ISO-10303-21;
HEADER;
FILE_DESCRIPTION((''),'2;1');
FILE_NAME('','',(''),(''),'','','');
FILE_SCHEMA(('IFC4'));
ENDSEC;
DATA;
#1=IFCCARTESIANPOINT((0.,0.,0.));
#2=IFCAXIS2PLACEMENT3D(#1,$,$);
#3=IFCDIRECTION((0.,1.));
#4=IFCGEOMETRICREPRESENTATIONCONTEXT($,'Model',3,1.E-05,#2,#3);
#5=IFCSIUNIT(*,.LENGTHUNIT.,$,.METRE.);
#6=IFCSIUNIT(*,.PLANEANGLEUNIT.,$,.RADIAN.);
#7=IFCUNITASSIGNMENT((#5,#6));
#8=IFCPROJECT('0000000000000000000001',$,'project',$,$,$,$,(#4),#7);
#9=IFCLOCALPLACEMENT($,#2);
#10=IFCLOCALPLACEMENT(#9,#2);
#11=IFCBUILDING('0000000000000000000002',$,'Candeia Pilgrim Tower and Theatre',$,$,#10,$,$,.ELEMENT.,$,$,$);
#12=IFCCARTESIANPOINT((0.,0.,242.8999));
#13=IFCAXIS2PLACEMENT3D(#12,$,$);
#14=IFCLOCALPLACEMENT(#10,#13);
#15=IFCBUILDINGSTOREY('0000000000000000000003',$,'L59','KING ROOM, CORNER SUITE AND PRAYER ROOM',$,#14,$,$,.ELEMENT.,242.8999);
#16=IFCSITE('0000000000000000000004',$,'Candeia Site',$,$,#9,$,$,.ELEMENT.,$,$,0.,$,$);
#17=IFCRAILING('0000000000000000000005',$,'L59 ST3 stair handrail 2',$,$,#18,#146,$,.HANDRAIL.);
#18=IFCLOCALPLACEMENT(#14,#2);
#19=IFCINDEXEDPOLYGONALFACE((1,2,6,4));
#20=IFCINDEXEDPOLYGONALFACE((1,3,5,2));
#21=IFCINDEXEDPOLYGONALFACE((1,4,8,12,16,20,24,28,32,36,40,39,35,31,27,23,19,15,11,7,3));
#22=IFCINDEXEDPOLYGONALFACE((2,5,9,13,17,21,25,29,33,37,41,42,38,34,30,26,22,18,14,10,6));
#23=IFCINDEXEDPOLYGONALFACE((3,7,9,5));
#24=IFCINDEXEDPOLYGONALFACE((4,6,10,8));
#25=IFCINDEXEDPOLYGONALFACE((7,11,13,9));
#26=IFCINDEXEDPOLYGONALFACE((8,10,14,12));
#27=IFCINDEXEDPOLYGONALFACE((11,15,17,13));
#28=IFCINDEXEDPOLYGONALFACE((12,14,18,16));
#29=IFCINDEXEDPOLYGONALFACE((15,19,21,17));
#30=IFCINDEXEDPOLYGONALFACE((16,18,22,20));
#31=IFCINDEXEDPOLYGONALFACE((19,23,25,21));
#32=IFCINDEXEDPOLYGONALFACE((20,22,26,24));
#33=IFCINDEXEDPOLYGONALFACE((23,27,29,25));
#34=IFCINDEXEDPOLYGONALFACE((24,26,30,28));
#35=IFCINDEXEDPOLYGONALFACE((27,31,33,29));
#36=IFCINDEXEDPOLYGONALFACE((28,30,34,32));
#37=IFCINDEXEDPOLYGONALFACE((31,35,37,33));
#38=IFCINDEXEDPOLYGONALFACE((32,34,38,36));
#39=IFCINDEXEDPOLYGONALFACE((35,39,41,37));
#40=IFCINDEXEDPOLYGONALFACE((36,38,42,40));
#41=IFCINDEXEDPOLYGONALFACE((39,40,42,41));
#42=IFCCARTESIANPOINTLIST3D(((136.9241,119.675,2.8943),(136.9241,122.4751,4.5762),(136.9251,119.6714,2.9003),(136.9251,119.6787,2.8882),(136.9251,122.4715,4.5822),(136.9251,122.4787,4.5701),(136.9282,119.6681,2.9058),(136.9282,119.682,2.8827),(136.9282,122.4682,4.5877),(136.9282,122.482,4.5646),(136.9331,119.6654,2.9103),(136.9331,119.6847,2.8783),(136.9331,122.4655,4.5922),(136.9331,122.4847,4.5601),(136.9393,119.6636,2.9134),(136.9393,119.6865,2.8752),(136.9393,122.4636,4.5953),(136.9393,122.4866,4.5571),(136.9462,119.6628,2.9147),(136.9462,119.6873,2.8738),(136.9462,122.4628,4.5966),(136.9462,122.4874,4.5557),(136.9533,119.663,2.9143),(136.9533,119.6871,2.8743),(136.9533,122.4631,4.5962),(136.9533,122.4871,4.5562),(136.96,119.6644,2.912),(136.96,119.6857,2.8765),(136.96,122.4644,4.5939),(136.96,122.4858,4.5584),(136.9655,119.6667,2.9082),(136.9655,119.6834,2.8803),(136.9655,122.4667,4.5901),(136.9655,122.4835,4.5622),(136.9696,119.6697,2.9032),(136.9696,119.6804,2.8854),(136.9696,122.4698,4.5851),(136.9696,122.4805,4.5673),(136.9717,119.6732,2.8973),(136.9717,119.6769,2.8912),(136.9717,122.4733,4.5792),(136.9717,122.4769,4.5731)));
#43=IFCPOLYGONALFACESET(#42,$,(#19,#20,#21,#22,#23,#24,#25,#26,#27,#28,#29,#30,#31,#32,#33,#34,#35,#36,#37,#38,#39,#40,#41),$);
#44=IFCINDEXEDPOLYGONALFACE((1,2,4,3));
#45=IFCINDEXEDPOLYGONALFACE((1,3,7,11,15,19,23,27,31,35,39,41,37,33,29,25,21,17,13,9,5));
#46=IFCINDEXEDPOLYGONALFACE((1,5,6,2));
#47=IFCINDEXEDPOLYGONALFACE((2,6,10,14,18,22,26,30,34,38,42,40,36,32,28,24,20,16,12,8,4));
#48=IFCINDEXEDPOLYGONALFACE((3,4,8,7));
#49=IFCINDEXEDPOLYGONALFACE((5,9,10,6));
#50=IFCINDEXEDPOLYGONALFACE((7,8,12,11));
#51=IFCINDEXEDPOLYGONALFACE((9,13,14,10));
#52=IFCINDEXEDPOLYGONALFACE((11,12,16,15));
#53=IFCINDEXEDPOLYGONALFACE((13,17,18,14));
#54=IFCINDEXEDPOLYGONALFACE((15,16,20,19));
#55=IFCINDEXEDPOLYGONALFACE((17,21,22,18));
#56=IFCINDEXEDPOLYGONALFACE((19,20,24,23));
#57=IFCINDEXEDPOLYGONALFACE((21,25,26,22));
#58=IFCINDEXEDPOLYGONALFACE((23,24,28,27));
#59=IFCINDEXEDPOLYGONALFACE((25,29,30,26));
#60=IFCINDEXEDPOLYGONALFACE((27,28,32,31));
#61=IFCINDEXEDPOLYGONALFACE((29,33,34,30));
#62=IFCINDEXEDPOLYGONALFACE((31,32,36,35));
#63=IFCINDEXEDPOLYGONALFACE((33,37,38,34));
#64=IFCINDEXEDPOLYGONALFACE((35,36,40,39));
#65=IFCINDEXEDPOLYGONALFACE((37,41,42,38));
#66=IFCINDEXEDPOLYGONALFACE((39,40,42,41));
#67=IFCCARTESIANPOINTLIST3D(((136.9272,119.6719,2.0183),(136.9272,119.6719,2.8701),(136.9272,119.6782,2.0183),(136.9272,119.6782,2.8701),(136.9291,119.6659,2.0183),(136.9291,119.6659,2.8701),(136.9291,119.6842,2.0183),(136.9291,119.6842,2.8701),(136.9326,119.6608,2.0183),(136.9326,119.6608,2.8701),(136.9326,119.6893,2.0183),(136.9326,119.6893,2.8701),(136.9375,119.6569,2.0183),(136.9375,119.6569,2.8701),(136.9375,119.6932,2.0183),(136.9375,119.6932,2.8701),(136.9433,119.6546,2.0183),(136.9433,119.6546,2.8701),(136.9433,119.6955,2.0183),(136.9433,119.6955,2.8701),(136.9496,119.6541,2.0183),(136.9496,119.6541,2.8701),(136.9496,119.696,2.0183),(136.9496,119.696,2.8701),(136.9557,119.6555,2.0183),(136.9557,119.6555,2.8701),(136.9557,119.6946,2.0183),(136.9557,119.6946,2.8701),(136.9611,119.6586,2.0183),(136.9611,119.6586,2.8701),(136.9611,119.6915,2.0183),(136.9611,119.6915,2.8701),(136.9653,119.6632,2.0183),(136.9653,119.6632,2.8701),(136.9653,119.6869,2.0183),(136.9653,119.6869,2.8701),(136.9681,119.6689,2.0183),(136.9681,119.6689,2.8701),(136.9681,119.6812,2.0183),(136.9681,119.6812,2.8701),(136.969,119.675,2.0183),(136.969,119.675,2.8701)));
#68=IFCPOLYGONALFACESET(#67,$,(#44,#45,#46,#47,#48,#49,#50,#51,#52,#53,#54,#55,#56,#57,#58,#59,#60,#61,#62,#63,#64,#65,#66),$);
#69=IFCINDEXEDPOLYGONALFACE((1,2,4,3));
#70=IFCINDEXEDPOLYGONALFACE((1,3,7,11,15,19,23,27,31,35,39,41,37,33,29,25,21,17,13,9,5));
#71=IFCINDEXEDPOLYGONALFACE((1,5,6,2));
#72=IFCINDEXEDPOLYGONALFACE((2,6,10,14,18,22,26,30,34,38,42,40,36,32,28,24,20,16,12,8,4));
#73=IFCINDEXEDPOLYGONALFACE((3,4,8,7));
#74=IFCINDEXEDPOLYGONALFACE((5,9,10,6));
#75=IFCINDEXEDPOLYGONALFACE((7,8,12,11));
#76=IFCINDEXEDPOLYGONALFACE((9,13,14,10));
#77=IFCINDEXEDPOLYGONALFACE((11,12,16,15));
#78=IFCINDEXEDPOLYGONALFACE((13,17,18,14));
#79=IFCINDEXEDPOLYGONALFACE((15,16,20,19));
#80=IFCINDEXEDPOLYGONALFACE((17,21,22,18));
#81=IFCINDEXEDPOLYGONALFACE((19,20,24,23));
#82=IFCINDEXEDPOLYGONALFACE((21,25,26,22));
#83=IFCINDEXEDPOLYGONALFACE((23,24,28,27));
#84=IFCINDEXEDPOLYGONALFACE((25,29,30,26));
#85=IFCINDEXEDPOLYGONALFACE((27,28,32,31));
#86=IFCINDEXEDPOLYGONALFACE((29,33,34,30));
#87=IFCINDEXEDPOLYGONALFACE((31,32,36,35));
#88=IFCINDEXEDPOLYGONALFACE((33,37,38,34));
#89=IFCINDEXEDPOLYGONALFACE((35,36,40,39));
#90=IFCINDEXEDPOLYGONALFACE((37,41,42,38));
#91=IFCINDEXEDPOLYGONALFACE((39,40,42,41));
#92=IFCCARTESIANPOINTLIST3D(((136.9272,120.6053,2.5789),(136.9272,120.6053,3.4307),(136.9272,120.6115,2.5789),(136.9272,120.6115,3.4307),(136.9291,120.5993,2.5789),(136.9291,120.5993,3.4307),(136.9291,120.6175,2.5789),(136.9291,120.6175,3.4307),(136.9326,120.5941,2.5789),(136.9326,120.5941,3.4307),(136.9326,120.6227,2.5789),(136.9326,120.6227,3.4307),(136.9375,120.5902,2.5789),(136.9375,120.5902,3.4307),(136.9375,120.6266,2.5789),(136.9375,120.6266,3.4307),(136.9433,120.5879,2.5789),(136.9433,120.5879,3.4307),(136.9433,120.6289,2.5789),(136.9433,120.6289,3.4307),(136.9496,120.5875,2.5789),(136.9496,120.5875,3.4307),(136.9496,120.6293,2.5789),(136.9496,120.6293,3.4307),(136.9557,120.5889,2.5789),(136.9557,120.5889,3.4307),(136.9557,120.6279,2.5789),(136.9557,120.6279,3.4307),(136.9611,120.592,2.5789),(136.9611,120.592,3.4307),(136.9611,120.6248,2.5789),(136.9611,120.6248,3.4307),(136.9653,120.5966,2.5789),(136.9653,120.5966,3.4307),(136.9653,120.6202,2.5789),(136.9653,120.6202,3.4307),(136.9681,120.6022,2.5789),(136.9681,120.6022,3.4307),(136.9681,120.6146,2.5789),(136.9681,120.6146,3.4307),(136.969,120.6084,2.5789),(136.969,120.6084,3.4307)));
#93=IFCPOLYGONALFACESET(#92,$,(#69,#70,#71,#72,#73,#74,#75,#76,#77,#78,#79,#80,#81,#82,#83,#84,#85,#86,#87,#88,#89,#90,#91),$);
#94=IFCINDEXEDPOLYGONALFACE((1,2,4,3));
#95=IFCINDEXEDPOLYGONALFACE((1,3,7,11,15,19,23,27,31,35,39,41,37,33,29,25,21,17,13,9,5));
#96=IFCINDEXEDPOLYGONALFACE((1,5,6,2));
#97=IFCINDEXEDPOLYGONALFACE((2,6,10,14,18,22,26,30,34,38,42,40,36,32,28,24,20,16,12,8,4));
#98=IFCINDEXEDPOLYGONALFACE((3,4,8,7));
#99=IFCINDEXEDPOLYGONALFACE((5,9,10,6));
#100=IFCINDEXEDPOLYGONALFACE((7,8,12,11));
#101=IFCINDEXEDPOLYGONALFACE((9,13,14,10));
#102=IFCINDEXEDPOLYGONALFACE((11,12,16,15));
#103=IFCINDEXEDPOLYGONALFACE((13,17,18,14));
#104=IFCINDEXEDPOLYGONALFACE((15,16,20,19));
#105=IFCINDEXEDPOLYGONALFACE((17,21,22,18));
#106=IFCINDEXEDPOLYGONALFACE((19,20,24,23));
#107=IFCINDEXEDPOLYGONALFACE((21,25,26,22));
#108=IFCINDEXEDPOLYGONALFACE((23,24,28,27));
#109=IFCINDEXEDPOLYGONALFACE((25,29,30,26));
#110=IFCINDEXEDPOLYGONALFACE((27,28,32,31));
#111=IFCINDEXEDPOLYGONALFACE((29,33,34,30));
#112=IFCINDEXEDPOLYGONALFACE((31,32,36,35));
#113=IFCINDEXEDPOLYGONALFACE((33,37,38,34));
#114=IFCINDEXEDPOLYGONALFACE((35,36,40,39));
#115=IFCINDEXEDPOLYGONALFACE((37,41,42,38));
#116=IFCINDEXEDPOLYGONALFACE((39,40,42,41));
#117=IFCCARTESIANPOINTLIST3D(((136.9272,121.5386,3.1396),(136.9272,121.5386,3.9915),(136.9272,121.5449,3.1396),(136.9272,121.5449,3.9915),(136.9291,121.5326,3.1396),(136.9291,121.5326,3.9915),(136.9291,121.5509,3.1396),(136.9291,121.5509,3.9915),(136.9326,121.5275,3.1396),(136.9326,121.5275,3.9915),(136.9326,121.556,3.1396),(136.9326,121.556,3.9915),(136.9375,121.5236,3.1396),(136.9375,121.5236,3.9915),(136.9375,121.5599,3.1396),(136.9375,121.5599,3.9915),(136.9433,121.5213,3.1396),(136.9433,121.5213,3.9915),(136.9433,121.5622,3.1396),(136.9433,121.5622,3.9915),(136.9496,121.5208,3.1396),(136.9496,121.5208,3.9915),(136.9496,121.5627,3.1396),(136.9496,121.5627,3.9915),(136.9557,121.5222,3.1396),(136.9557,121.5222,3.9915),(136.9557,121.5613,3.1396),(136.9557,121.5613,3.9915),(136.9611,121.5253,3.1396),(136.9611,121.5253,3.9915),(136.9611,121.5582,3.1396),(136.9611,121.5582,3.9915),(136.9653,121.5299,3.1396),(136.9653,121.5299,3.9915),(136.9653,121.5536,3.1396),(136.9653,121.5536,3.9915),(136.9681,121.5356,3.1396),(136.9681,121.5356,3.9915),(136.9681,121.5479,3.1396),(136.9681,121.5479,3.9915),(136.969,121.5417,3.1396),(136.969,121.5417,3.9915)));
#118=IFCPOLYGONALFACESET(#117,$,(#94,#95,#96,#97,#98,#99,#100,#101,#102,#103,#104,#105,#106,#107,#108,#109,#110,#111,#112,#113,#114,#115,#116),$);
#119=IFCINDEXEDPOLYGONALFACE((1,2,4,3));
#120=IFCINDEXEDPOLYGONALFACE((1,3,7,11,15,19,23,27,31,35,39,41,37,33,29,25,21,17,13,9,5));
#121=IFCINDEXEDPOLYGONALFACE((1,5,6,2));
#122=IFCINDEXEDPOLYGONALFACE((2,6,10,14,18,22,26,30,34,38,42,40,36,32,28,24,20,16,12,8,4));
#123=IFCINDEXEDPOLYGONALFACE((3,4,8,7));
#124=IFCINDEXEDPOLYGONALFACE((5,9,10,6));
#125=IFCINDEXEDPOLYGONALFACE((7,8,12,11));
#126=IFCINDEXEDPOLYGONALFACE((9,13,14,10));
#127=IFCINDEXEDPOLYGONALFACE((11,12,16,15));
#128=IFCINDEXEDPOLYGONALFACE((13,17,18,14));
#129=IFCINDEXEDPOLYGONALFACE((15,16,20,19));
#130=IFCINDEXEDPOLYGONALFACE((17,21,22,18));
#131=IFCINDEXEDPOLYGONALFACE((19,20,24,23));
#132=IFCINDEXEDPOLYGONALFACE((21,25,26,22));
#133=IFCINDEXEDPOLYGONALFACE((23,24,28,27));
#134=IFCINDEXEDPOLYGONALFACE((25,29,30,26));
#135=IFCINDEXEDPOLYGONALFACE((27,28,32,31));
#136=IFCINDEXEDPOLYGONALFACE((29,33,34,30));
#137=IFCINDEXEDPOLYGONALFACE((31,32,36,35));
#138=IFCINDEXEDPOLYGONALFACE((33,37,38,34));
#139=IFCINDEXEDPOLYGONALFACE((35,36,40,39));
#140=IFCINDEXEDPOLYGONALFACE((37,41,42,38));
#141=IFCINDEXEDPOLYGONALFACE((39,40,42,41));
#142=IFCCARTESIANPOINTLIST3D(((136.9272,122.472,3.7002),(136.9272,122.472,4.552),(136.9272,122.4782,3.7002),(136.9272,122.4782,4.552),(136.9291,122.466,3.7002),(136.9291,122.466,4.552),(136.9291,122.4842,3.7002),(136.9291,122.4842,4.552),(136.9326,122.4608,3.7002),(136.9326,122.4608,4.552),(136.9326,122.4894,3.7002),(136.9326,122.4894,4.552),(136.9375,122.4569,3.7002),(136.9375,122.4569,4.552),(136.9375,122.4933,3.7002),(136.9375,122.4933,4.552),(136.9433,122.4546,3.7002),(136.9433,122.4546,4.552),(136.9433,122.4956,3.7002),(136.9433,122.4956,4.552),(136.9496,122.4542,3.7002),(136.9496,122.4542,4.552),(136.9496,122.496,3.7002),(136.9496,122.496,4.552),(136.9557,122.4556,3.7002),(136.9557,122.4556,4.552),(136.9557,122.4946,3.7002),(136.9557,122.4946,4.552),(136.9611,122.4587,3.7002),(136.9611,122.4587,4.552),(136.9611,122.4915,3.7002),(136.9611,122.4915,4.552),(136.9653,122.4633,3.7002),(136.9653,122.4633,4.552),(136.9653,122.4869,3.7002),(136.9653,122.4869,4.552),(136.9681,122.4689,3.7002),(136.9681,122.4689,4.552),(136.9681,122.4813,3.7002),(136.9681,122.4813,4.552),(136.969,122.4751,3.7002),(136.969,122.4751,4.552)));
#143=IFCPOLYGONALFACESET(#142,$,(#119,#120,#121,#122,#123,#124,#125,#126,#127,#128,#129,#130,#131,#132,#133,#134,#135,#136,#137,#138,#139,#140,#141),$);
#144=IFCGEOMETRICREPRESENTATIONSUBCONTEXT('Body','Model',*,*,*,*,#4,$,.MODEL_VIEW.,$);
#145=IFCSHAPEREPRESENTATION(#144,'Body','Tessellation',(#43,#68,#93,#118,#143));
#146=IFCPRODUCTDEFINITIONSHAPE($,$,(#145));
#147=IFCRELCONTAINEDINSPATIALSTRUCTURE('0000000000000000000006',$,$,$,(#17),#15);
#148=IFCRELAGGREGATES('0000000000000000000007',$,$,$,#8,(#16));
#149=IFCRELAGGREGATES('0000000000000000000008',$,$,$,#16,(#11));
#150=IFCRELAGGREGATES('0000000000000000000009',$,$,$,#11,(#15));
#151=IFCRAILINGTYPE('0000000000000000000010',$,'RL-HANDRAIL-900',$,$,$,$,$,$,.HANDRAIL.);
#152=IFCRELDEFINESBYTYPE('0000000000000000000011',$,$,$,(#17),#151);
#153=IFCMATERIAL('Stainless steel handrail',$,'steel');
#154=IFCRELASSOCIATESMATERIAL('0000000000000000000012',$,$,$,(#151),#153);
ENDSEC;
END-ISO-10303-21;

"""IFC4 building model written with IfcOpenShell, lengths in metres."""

from ifc_helpers import new_model, si_unit, direction, frame, origin, origin_2d, place, context, subcontext, project, spatial, circle, extrude, material, type_object, element, save


model = new_model("IFC4")

# Units and contexts
model_context = context("Model", 3, precision=1e-05, world=origin(), true_north=direction((0.0, 1.0)))
body_context = subcontext(model_context, "Body", "Model", "MODEL_VIEW")
ifc_project = project(units=[si_unit("LENGTHUNIT", "METRE"), si_unit("PLANEANGLEUNIT", "RADIAN")], contexts=[model_context])

# Site, building, storey
site_placement = place(None, origin())
site = spatial("IfcSite", under=ifc_project, at=site_placement, Name="Candeia Site", CompositionType="ELEMENT", RefElevation=0.0)
building_placement = place(site_placement, origin())
building = spatial("IfcBuilding", under=site, at=building_placement, Name="Candeia Pilgrim Tower and Theatre", CompositionType="ELEMENT")
storey_placement = place(building_placement, frame((0.0, 0.0, 242.8999)))
storey = spatial("IfcBuildingStorey", under=building, at=storey_placement, Name="L59", Description="KING ROOM, CORNER SUITE AND PRAYER ROOM", CompositionType="ELEMENT", Elevation=242.8999)

# Railing
ifc_material_1 = material(Name="Stainless steel handrail", Category="steel")
railing_type_1 = type_object("IfcRailingType", Name="RL-HANDRAIL-900", PredefinedType="HANDRAIL", material=ifc_material_1)
railing_1_placement = place(storey_placement, frame((136.948, 119.675, 2.0183)))
element("IfcRailing", 1, at=railing_1_placement, inside=storey, type_object=railing_type_1, Name="L59 ST3 stair handrail 2", PredefinedType="HANDRAIL", context=body_context, shape_type="SweptSolid", body=[
    extrude(circle(Radius=0.0239, at=origin_2d()), frame((0.0, 0.0, 0.876), z_axis=(0.0, 0.857242, 0.514913), x_axis=(-1.0, 0.0, 0.0)), (0.0, 0.0, 1.0), 3.2664),
    extrude(circle(Radius=0.021, at=origin_2d()), origin(), (0.0, 0.0, 1.0), 0.8518),
    extrude(circle(Radius=0.021, at=origin_2d()), frame((0.0, 0.9333, 0.5605)), (0.0, 0.0, 1.0), 0.8518),
    extrude(circle(Radius=0.021, at=origin_2d()), frame((0.0, 1.8667, 1.1213)), (0.0, 0.0, 1.0), 0.8518),
    extrude(circle(Radius=0.021, at=origin_2d()), frame((0.0, 2.8, 1.6819)), (0.0, 0.0, 1.0), 0.8518),
])

save(model, "model.ifc")
